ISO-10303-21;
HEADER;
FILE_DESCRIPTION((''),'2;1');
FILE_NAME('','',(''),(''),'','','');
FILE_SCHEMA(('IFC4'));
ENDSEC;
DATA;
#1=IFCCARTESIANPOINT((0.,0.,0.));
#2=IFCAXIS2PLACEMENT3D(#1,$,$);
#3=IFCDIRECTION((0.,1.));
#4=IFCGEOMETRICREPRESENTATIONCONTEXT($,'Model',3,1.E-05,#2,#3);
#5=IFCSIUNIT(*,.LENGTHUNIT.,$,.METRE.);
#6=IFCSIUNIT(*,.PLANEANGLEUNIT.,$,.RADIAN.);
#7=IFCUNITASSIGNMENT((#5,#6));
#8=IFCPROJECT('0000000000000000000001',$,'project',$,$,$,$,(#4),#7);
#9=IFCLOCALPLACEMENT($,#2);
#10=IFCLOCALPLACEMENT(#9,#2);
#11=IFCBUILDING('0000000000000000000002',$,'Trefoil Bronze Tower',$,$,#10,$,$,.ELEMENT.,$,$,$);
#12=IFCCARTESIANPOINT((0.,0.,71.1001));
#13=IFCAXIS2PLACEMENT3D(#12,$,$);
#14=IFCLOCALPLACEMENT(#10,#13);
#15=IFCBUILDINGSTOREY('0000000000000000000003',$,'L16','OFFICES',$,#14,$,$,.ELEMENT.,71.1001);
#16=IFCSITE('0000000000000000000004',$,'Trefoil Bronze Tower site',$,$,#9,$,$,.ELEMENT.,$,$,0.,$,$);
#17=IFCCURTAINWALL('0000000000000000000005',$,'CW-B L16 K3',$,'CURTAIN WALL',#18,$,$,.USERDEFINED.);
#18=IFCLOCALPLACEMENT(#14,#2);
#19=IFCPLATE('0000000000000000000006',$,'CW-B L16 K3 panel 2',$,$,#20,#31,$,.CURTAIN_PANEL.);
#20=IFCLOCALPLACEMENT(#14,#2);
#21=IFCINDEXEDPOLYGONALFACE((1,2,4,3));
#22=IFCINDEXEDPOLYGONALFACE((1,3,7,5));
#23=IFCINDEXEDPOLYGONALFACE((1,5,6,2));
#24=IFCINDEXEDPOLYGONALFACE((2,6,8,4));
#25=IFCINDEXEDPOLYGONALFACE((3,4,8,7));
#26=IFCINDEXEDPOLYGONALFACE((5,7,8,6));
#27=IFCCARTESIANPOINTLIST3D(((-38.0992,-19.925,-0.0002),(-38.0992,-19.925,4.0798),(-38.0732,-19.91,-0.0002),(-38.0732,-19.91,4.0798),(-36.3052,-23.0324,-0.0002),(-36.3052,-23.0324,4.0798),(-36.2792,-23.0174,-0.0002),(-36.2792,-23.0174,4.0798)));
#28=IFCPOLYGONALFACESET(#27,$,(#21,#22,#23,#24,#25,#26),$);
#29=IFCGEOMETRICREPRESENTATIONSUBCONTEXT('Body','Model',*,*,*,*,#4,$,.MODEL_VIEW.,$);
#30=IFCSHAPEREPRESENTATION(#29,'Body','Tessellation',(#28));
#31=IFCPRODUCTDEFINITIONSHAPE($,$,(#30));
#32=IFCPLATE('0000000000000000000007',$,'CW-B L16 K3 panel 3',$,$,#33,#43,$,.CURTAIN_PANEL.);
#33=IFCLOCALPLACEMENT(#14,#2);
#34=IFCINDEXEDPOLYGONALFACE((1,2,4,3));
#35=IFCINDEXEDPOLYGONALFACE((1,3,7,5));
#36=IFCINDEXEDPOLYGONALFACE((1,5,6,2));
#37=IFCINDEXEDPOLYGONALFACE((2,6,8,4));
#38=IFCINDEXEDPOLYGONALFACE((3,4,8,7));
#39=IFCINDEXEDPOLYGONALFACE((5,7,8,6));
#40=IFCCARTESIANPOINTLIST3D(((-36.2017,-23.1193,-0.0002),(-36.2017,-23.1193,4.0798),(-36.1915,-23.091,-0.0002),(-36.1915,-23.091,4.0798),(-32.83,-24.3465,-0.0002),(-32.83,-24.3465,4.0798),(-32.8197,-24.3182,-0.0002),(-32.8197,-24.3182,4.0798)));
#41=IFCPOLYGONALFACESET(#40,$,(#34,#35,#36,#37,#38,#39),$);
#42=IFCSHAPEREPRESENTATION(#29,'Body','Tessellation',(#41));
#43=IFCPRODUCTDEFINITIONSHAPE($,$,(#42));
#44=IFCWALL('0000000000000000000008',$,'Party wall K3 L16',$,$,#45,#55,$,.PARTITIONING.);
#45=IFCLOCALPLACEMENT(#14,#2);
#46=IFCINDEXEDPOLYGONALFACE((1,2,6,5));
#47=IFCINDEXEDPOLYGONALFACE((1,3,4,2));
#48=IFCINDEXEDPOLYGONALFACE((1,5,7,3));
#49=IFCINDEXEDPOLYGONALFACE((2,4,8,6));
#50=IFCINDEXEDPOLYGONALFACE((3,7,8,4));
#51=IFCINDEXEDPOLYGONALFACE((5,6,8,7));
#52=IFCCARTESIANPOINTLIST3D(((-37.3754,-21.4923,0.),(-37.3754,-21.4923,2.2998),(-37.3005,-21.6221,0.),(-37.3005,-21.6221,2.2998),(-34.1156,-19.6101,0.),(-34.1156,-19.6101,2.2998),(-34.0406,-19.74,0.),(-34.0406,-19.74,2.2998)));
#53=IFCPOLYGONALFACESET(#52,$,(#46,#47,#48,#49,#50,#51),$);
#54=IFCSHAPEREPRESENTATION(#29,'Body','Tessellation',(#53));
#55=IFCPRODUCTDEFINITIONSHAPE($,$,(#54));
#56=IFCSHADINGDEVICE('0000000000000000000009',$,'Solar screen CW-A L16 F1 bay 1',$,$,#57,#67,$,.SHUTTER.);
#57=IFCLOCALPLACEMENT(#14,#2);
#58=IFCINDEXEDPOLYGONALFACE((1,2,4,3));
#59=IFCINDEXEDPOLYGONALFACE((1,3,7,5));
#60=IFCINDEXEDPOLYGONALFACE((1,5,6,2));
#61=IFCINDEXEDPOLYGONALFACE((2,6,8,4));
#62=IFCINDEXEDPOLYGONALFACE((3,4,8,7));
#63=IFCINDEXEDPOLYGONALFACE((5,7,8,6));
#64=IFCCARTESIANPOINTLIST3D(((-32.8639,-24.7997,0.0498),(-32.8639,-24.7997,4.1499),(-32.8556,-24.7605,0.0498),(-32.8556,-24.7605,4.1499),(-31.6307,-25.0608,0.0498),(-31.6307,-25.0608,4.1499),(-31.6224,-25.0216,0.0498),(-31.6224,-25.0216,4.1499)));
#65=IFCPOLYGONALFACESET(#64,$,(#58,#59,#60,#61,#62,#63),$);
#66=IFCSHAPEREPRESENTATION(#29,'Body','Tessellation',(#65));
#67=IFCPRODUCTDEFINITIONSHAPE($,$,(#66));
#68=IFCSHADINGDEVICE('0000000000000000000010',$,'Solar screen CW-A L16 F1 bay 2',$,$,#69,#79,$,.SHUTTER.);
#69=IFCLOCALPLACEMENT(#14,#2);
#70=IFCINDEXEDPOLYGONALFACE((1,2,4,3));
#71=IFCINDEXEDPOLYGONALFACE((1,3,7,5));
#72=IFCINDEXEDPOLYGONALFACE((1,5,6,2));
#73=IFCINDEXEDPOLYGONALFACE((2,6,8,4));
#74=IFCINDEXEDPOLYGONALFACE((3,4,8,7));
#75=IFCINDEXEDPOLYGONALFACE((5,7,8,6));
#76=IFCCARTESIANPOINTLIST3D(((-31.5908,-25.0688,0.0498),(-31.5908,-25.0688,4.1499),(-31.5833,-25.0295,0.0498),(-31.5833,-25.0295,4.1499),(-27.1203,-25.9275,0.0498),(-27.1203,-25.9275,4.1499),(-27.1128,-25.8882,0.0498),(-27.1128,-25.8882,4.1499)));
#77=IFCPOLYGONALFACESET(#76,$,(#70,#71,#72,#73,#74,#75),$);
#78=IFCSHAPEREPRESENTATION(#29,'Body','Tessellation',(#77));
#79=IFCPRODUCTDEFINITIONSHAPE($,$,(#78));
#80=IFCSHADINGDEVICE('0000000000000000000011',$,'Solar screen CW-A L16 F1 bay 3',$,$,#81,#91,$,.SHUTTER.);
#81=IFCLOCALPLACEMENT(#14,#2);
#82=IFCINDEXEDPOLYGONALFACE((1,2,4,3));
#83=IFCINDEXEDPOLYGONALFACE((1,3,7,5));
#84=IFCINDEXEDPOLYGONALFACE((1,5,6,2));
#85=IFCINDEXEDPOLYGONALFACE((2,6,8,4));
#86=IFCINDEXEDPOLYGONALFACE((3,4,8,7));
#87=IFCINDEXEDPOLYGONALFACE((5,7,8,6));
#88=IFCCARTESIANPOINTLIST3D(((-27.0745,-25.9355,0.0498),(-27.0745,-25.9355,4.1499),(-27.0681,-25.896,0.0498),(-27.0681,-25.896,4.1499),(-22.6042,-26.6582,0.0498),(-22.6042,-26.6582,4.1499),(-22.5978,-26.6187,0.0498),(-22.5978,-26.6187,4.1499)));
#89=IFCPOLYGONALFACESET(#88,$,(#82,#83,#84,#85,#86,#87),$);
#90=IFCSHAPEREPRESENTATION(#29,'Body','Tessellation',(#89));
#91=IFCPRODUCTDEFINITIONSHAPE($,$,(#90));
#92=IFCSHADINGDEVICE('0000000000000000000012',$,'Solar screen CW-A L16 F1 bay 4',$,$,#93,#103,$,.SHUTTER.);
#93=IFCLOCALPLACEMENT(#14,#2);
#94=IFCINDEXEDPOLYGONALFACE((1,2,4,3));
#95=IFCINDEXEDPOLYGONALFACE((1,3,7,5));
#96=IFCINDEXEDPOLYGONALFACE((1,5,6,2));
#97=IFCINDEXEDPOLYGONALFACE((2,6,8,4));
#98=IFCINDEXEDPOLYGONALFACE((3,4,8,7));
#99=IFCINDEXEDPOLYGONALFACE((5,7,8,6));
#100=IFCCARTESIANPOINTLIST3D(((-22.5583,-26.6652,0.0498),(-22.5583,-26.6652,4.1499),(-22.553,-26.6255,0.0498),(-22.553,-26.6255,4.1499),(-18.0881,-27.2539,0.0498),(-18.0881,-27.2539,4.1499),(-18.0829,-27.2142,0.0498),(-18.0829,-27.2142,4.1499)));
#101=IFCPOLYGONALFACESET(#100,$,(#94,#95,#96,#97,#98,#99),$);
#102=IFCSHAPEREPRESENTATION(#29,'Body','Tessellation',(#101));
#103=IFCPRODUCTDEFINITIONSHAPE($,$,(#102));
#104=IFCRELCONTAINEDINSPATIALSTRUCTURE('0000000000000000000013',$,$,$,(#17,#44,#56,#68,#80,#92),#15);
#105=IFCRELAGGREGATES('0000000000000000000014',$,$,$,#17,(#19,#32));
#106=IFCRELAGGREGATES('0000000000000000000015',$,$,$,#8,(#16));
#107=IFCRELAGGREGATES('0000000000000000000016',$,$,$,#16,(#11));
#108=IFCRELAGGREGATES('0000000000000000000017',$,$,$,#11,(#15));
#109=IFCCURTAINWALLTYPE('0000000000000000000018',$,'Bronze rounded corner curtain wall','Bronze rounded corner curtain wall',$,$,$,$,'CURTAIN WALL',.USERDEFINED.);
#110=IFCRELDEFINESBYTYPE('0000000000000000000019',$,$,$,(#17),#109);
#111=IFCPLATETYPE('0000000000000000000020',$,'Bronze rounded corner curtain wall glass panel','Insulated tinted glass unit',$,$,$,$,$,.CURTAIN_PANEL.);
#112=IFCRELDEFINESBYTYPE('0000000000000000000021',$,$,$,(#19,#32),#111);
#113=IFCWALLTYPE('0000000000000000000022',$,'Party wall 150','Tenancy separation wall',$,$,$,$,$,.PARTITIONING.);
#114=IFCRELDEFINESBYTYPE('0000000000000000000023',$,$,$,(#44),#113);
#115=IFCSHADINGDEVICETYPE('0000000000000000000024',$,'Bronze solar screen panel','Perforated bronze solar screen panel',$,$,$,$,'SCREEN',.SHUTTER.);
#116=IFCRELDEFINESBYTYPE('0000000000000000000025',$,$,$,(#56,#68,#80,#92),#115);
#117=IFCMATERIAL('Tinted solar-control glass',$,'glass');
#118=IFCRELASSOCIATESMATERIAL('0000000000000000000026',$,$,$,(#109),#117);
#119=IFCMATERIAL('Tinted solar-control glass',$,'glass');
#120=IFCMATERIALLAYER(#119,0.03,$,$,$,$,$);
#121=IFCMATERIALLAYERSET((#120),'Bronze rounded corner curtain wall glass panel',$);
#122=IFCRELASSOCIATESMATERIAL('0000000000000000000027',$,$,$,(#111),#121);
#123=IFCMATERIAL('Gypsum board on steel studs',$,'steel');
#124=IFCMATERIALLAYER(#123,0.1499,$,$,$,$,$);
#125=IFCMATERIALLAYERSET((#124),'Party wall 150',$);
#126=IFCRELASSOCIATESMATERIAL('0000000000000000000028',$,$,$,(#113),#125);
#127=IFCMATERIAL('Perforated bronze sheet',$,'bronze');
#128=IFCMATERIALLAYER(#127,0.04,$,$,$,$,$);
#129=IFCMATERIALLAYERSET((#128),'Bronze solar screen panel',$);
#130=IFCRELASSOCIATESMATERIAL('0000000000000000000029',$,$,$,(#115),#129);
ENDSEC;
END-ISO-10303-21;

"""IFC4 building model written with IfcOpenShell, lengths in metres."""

from ifc_helpers import new_model, si_unit, direction, frame, frame_2d, origin, origin_2d, place, context, subcontext, project, spatial, rectangle, extrude, material, layer, layer_set, type_object, element, aggregate, save


model = new_model("IFC4")

# Units and contexts
model_context = context("Model", 3, precision=1e-05, world=origin(), true_north=direction((0.0, 1.0)))
body_context = subcontext(model_context, "Body", "Model", "MODEL_VIEW")
ifc_project = project(units=[si_unit("LENGTHUNIT", "METRE"), si_unit("PLANEANGLEUNIT", "RADIAN")], contexts=[model_context])

# Site, building, storey
site_placement = place(None, origin())
site = spatial("IfcSite", under=ifc_project, at=site_placement, Name="Trefoil Bronze Tower site", CompositionType="ELEMENT", RefElevation=0.0)
building_placement = place(site_placement, origin())
building = spatial("IfcBuilding", under=site, at=building_placement, Name="Trefoil Bronze Tower", CompositionType="ELEMENT")
storey_placement = place(building_placement, frame((0.0, 0.0, 71.1001)))
storey = spatial("IfcBuildingStorey", under=building, at=storey_placement, Name="L16", Description="OFFICES", CompositionType="ELEMENT", Elevation=71.1001)

# Curtain wall
ifc_material_1 = material(Name="Tinted solar-control glass", Category="glass")
curtain_wall_type_1 = type_object("IfcCurtainWallType", Name="Bronze rounded corner curtain wall", Description="Bronze rounded corner curtain wall", ElementType="CURTAIN WALL", PredefinedType="USERDEFINED", material=ifc_material_1)
curtain_wall_1_placement = place(storey_placement, origin())
curtain_wall_1 = element("IfcCurtainWall", 1, at=curtain_wall_1_placement, inside=storey, type_object=curtain_wall_type_1, Name="CW-B L16 K3", ObjectType="CURTAIN WALL", PredefinedType="USERDEFINED")

# Plates
ifc_material_2 = material(Name="Tinted solar-control glass", Category="glass")
ifc_layer_1 = layer(ifc_material_2, 0.03)
ifc_layer_set_1 = layer_set([ifc_layer_1], Name="Bronze rounded corner curtain wall glass panel")
plate_type_1 = type_object("IfcPlateType", Name="Bronze rounded corner curtain wall glass panel", Description="Insulated tinted glass unit", PredefinedType="CURTAIN_PANEL", material=ifc_layer_set_1)
plate_1_placement = place(storey_placement, frame((-37.1892, -21.4712, -0.0002), z_axis=(0.0, 0.0, 1.0), x_axis=(0.5, -0.866025, 0.0)))
plate_1 = element("IfcPlate", 2, at=plate_1_placement, type_object=plate_type_1, Name="CW-B L16 K3 panel 2", PredefinedType="CURTAIN_PANEL", context=body_context, shape_type="SweptSolid", body=[
    extrude(rectangle(XDim=3.5881, YDim=0.03, at=origin_2d()), origin(), (0.0, 0.0, 1.0), 4.0801),
])
plate_2_placement = place(storey_placement, frame((-34.5107, -23.7188, -0.0002), z_axis=(0.0, 0.0, 1.0), x_axis=(0.939693, -0.34202, 0.0)))
plate_2 = element("IfcPlate", 3, at=plate_2_placement, type_object=plate_type_1, Name="CW-B L16 K3 panel 3", PredefinedType="CURTAIN_PANEL", context=body_context, shape_type="SweptSolid", body=[
    extrude(rectangle(XDim=3.5881, YDim=0.03, at=origin_2d()), origin(), (0.0, 0.0, 1.0), 4.0801),
])
aggregate(curtain_wall_1, [plate_1, plate_2])

# Wall
ifc_material_3 = material(Name="Gypsum board on steel studs", Category="steel")
ifc_layer_2 = layer(ifc_material_3, 0.1499)
ifc_layer_set_2 = layer_set([ifc_layer_2], Name="Party wall 150")
wall_type = type_object("IfcWallType", Name="Party wall 150", Description="Tenancy separation wall", PredefinedType="PARTITIONING", material=ifc_layer_set_2)
wall_placement = place(storey_placement, frame((-34.0781, -19.675, 0.0), z_axis=(0.0, 0.0, 1.0), x_axis=(-0.866019, -0.500011, 0.0)))
element("IfcWall", 4, at=wall_placement, inside=storey, type_object=wall_type, Name="Party wall K3 L16", PredefinedType="PARTITIONING", context=body_context, shape_type="SweptSolid", body=[
    extrude(rectangle(XDim=3.7642, YDim=0.1499, at=frame_2d((1.8821, 0.0))), origin(), (0.0, 0.0, 1.0), 2.2998),
])

# Shading devices
ifc_material_4 = material(Name="Perforated bronze sheet", Category="bronze")
ifc_layer_3 = layer(ifc_material_4, 0.04)
ifc_layer_set_3 = layer_set([ifc_layer_3], Name="Bronze solar screen panel")
shading_device_type = type_object("IfcShadingDeviceType", Name="Bronze solar screen panel", Description="Perforated bronze solar screen panel", ElementType="SCREEN", PredefinedType="SHUTTER", material=ifc_layer_set_3)
shading_device_1_placement = place(storey_placement, frame((-32.2432, -24.9106, 0.0498), z_axis=(0.0, 0.0, 1.0), x_axis=(0.978303, -0.207181, 0.0)))
element("IfcShadingDevice", 5, at=shading_device_1_placement, inside=storey, type_object=shading_device_type, Name="Solar screen CW-A L16 F1 bay 1", PredefinedType="SHUTTER", context=body_context, shape_type="SweptSolid", body=[
    extrude(rectangle(XDim=1.2605, YDim=0.04, at=origin_2d()), origin(), (0.0, 0.0, 1.0), 4.1001),
])
shading_device_2_placement = place(storey_placement, frame((-29.3518, -25.4785, 0.0498), z_axis=(0.0, 0.0, 1.0), x_axis=(0.98205, -0.188622, 0.0)))
element("IfcShadingDevice", 6, at=shading_device_2_placement, inside=storey, type_object=shading_device_type, Name="Solar screen CW-A L16 F1 bay 2", PredefinedType="SHUTTER", context=body_context, shape_type="SweptSolid", body=[
    extrude(rectangle(XDim=4.5522, YDim=0.04, at=origin_2d()), origin(), (0.0, 0.0, 1.0), 4.1001),
])
shading_device_3_placement = place(storey_placement, frame((-24.8362, -26.2771, 0.0498), z_axis=(0.0, 0.0, 1.0), x_axis=(0.987181, -0.159603, 0.0)))
element("IfcShadingDevice", 7, at=shading_device_3_placement, inside=storey, type_object=shading_device_type, Name="Solar screen CW-A L16 F1 bay 3", PredefinedType="SHUTTER", context=body_context, shape_type="SweptSolid", body=[
    extrude(rectangle(XDim=4.5283, YDim=0.04, at=origin_2d()), origin(), (0.0, 0.0, 1.0), 4.1001),
])
shading_device_4_placement = place(storey_placement, frame((-20.3206, -26.9397, 0.0498), z_axis=(0.0, 0.0, 1.0), x_axis=(0.991437, -0.130584, 0.0)))
element("IfcShadingDevice", 8, at=shading_device_4_placement, inside=storey, type_object=shading_device_type, Name="Solar screen CW-A L16 F1 bay 4", PredefinedType="SHUTTER", context=body_context, shape_type="SweptSolid", body=[
    extrude(rectangle(XDim=4.5088, YDim=0.04, at=origin_2d()), origin(), (0.0, 0.0, 1.0), 4.1001),
])

save(model, "model.ifc")
